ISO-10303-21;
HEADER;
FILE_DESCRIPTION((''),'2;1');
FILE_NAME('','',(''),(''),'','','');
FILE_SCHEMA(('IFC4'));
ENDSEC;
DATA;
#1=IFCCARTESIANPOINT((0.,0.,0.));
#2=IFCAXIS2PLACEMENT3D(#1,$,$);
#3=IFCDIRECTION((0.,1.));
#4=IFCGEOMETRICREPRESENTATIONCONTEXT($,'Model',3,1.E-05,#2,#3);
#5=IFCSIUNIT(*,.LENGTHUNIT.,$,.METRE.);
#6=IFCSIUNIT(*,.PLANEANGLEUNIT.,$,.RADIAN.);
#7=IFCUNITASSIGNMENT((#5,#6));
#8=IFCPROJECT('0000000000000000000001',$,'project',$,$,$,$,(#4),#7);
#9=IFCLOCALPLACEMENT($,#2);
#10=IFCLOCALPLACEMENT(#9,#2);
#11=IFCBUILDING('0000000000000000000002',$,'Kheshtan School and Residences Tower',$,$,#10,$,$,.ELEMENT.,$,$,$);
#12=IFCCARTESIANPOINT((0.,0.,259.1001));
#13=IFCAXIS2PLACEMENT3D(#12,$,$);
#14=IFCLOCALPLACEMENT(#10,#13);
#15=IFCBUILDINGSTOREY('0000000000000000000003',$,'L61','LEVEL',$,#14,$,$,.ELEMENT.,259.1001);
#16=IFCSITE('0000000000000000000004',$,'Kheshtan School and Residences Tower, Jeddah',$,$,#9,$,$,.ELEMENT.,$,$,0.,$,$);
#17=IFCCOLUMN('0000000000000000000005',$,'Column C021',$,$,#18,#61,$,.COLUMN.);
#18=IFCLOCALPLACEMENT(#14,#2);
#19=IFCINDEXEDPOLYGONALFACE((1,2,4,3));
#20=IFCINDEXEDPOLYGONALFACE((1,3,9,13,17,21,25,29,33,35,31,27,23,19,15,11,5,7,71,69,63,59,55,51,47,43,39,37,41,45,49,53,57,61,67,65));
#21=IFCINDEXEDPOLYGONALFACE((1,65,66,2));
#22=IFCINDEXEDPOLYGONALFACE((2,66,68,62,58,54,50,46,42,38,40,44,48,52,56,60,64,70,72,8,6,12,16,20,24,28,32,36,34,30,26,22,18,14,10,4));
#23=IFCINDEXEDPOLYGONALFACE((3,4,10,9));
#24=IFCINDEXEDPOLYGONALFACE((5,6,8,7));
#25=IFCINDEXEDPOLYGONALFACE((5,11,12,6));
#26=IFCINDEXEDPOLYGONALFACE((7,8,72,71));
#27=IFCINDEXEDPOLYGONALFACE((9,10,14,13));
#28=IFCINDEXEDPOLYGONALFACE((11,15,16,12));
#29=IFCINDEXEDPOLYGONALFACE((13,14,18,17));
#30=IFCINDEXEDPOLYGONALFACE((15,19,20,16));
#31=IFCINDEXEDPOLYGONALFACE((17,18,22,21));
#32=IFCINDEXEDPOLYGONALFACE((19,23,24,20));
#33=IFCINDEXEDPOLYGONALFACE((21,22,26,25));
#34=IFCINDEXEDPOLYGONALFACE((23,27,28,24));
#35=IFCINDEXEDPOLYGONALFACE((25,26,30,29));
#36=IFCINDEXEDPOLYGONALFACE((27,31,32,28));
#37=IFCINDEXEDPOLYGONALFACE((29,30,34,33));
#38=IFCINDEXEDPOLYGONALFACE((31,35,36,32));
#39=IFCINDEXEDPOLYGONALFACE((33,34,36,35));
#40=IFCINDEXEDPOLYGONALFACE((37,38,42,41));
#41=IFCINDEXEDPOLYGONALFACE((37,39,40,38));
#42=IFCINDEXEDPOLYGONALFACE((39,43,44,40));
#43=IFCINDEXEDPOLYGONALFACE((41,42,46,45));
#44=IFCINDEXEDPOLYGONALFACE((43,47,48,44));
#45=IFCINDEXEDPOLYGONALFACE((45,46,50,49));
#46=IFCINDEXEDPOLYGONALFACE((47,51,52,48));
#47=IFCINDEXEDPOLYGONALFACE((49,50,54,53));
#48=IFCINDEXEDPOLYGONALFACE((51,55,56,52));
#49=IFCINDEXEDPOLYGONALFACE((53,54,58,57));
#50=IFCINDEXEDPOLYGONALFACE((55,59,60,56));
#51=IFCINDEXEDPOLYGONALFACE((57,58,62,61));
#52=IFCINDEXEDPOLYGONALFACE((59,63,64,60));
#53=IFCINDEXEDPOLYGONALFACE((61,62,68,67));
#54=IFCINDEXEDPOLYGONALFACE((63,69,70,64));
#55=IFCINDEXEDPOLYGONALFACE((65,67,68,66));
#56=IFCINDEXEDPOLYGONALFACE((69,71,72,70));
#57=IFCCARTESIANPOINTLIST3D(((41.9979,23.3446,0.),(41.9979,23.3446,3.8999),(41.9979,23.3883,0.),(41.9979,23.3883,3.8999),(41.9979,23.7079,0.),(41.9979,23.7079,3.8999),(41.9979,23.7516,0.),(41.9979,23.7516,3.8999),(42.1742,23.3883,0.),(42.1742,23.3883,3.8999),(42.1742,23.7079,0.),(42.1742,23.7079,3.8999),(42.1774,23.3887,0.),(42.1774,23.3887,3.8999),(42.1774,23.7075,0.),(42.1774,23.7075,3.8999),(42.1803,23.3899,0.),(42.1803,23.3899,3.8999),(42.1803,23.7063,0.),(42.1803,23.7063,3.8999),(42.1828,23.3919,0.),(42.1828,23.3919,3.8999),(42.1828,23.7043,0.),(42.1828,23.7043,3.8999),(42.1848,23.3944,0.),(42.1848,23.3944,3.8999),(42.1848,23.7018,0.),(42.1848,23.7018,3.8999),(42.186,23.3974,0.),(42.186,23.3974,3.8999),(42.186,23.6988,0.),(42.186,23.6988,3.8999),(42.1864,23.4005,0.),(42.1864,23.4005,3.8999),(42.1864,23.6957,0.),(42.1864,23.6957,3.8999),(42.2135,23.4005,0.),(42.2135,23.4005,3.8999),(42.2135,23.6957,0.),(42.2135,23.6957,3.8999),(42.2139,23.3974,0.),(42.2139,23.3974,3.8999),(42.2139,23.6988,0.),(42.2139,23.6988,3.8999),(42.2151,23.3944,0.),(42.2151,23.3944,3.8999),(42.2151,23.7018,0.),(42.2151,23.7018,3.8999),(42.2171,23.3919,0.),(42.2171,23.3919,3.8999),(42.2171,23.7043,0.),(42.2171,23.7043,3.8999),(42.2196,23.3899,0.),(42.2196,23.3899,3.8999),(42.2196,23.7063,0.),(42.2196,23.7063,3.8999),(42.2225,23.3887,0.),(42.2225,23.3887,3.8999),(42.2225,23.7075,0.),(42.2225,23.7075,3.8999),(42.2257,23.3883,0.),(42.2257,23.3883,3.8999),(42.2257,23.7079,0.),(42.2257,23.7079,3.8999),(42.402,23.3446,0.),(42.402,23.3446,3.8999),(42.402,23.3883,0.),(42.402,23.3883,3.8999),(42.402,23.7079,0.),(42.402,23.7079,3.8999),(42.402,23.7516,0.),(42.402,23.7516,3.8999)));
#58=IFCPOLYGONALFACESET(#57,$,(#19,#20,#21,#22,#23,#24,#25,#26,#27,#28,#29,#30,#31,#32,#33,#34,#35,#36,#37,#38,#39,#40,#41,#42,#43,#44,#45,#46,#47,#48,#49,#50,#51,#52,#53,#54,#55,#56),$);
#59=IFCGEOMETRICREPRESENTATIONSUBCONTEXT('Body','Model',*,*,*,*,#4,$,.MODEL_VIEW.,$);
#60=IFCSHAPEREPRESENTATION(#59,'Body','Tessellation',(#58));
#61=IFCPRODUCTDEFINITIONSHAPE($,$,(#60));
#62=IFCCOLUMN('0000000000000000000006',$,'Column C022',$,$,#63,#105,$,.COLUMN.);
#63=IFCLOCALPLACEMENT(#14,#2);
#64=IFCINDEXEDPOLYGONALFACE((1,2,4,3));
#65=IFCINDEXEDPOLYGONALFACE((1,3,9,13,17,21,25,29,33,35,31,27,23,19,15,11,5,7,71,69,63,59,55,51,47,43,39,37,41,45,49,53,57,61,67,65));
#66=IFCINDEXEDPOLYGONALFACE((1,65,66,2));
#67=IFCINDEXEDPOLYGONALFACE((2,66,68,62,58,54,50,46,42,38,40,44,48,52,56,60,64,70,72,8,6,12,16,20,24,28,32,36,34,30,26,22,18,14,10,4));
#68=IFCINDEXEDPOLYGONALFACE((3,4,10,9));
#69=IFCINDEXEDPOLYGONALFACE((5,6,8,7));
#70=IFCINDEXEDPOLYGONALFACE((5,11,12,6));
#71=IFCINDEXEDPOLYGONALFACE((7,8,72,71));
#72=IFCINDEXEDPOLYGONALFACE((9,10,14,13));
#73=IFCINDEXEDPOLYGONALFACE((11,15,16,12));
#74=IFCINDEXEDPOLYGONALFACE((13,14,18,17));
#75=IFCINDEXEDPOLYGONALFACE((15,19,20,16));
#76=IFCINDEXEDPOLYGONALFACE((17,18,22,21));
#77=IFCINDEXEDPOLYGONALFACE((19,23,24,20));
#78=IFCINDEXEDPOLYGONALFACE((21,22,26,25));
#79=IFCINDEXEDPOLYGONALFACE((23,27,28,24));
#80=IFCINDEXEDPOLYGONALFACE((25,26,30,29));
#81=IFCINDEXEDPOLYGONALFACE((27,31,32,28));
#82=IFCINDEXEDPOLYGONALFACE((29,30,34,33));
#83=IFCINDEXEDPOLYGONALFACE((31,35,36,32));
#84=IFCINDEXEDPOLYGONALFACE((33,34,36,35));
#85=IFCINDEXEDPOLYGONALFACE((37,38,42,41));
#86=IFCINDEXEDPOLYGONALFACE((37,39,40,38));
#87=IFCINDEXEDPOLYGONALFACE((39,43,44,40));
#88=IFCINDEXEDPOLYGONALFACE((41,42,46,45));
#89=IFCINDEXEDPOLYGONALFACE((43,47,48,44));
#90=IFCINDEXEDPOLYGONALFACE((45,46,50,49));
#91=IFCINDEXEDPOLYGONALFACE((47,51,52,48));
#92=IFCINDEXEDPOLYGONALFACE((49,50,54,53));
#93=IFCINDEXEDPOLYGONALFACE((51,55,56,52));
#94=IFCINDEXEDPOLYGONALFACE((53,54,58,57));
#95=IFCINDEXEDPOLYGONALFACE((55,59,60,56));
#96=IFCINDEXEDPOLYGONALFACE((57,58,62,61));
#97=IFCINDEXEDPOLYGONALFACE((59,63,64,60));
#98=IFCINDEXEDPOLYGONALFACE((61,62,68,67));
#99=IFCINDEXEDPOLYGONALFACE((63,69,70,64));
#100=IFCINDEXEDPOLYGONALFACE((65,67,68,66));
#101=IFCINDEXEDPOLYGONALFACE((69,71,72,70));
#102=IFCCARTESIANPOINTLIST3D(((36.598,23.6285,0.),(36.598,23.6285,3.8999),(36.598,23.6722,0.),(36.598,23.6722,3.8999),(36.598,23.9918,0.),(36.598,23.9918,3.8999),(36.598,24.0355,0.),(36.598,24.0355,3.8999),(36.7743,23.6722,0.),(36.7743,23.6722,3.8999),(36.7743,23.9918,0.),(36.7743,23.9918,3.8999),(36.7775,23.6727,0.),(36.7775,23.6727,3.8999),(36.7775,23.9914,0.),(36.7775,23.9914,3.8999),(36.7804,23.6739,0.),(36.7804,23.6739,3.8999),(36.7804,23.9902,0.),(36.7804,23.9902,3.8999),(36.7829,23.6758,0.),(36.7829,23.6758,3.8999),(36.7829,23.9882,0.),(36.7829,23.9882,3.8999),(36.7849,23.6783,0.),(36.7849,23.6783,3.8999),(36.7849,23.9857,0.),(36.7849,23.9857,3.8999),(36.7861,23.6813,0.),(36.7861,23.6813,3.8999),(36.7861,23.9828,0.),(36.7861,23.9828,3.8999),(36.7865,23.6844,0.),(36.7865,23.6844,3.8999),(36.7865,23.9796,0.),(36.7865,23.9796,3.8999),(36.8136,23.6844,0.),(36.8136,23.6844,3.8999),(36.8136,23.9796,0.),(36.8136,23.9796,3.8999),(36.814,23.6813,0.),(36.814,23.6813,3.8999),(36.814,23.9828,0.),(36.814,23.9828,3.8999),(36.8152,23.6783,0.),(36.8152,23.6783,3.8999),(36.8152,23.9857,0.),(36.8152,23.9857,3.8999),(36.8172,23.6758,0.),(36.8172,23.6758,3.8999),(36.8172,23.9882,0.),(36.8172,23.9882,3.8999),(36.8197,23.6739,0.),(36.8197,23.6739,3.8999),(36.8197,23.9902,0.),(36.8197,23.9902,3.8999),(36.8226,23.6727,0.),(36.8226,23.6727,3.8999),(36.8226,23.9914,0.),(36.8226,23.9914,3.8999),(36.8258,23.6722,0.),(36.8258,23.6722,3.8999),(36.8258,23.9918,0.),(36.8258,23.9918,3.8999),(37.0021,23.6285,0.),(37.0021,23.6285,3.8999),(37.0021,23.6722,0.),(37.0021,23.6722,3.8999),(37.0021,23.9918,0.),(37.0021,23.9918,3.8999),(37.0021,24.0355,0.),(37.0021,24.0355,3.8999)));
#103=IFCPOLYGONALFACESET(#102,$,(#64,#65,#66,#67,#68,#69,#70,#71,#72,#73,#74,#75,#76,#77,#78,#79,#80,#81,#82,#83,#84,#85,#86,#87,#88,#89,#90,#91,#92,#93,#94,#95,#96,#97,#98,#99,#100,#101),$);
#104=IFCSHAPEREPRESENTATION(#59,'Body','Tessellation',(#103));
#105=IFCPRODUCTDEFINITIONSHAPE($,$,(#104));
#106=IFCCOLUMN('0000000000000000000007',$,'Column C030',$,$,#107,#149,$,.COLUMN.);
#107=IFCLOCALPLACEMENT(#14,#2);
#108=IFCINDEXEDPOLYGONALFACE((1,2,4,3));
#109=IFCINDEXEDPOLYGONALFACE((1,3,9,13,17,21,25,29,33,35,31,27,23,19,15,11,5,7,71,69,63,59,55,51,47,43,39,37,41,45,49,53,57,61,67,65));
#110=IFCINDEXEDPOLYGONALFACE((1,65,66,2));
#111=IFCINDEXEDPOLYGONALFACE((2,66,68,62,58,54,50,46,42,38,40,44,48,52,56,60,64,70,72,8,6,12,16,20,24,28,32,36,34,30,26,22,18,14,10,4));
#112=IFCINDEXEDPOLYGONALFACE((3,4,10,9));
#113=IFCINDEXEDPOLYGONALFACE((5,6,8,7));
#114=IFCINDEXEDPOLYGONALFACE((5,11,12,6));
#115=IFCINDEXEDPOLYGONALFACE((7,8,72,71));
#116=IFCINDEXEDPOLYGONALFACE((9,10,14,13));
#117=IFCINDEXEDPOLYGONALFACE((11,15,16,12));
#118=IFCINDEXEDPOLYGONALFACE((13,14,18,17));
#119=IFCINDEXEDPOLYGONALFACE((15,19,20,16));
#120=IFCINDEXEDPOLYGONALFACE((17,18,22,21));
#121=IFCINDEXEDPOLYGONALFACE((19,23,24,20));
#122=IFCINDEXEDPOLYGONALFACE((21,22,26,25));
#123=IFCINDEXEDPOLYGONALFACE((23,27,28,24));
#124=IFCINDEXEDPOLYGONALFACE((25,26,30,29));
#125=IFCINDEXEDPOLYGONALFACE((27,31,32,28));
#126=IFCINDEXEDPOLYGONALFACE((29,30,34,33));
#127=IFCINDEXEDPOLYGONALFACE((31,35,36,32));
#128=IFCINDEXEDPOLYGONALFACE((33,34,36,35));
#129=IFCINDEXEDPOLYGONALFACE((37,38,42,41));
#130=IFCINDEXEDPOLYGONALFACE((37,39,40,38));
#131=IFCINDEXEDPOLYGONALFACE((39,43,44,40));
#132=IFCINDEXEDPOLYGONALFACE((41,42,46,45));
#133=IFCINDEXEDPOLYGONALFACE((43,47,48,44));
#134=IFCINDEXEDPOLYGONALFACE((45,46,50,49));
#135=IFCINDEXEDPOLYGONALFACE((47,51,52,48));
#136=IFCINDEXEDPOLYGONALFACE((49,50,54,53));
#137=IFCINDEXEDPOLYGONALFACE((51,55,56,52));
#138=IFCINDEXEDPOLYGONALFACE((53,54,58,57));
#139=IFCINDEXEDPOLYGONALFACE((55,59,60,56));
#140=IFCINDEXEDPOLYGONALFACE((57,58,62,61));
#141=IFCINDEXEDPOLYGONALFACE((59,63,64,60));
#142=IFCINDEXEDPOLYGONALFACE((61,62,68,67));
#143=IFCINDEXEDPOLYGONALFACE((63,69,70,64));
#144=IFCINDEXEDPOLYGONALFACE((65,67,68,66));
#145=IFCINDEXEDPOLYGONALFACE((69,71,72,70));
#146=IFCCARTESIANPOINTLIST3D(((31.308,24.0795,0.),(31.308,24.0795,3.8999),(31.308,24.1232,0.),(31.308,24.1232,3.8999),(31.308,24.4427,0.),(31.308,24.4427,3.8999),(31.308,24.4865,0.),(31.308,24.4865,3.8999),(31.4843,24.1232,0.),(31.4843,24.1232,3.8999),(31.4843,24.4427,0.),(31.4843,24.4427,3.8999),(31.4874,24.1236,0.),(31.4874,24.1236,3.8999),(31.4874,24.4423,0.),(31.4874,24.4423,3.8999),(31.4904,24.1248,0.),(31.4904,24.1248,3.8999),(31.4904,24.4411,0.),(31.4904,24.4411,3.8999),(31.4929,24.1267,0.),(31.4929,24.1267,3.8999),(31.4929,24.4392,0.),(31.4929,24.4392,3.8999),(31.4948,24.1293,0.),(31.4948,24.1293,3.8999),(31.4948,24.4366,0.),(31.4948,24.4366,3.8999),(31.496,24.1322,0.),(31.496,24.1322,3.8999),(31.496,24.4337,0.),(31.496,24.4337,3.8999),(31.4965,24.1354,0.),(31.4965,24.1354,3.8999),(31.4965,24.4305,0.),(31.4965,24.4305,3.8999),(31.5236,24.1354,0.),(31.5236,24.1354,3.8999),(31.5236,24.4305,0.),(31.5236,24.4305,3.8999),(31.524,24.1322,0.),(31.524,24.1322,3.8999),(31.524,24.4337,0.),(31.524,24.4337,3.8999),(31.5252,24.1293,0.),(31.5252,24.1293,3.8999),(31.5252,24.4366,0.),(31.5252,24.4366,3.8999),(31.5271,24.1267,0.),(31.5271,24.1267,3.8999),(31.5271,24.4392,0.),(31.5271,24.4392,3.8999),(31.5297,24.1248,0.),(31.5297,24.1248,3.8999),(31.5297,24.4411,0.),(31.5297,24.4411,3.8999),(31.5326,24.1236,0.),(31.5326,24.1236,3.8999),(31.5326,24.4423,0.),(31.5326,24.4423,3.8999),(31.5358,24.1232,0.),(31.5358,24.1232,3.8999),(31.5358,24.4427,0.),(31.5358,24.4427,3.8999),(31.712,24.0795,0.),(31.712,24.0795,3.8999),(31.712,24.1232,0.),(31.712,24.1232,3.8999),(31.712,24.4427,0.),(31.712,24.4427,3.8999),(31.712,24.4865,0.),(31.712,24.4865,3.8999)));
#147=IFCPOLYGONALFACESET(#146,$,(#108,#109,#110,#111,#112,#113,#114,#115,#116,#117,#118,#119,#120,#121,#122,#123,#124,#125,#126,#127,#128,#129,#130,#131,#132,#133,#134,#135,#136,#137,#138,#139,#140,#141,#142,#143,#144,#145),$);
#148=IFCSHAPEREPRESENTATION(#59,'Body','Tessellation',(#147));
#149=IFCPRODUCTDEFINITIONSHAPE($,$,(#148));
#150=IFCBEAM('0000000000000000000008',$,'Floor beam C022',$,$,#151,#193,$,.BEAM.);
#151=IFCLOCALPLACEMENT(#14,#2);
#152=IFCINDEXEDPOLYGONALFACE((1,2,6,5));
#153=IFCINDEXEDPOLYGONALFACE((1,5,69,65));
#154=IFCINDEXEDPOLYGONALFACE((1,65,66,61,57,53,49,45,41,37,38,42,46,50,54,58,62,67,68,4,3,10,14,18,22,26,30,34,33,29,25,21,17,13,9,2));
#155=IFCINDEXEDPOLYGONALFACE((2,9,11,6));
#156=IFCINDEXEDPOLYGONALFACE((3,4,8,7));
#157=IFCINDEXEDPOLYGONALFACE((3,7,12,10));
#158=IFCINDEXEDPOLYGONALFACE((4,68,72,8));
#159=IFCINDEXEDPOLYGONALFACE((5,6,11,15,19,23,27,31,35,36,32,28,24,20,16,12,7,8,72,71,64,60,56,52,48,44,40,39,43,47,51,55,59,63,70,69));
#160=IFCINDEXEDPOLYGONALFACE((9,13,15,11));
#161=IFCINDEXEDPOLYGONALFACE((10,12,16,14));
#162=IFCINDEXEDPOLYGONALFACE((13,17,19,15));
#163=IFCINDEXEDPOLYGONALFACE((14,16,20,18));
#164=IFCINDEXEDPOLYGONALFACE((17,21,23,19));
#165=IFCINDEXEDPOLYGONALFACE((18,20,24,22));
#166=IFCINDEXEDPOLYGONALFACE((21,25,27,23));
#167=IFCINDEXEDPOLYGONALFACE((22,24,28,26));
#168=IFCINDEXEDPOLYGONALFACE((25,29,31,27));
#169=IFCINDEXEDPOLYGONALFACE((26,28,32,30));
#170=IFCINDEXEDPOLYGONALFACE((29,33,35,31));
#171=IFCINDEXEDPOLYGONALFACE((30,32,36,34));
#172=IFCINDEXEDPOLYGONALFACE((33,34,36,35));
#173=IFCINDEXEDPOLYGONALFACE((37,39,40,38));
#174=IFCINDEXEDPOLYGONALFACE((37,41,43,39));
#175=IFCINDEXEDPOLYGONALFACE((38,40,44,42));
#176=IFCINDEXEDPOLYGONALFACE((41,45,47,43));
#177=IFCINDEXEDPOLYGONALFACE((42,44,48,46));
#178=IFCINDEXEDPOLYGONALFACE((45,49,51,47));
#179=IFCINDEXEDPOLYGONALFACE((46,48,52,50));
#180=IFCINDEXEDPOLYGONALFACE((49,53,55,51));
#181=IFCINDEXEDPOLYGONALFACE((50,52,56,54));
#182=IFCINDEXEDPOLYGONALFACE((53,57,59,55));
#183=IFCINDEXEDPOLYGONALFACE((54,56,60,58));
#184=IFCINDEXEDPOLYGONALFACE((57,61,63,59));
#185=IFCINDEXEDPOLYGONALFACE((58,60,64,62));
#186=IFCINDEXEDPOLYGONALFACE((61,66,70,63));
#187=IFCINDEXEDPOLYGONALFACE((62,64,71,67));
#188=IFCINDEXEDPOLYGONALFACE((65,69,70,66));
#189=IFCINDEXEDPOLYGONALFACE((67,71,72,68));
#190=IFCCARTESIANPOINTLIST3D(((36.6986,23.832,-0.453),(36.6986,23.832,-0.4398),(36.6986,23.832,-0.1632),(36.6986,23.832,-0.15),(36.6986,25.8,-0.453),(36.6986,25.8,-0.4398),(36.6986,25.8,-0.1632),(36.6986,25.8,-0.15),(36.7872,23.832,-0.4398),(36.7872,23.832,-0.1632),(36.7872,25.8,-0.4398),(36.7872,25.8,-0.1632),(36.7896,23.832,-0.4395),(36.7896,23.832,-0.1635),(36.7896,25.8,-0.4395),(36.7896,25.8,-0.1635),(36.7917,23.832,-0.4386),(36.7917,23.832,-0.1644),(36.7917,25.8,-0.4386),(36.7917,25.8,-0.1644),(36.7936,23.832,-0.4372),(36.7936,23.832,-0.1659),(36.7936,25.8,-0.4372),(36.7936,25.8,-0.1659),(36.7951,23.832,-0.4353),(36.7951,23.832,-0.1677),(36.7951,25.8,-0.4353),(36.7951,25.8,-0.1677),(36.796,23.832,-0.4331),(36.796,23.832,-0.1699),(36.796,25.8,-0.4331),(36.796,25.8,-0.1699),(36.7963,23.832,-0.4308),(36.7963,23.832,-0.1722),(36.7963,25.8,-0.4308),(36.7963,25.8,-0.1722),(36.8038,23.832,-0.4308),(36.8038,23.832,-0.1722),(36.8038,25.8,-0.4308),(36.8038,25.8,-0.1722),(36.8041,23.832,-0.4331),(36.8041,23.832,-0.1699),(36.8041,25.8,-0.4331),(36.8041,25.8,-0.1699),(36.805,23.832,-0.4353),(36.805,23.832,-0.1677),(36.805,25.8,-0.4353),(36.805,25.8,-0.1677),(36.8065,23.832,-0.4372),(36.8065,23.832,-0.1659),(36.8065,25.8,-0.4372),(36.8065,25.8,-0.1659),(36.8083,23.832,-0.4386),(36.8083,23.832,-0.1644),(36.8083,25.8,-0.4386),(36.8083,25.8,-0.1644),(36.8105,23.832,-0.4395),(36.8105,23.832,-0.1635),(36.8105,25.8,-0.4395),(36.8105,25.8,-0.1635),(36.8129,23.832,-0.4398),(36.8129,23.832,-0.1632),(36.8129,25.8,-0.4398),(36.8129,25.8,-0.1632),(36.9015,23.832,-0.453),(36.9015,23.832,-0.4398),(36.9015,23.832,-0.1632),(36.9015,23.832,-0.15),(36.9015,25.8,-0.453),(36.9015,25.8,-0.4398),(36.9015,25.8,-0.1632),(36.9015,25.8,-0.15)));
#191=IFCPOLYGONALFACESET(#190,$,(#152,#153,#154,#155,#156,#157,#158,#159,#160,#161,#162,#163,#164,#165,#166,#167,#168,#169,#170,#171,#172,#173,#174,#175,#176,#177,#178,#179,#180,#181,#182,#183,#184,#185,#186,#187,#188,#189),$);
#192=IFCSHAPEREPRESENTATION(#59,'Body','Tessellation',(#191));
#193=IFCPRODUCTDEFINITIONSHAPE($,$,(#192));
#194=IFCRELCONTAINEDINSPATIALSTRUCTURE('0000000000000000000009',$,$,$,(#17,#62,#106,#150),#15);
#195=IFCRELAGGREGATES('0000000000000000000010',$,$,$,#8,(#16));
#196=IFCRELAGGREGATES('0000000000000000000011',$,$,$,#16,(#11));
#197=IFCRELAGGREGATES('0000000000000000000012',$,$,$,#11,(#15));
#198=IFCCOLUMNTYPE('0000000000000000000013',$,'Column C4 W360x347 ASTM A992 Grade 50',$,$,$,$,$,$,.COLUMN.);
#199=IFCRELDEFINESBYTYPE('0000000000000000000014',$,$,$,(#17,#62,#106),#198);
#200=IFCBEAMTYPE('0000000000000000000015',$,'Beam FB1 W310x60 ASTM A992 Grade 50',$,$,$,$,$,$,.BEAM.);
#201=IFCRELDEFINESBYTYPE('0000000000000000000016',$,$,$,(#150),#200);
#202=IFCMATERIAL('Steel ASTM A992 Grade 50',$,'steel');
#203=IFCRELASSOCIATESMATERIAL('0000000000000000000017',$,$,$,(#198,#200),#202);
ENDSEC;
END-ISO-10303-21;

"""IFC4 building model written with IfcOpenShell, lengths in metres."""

from ifc_helpers import new_model, si_unit, direction, frame, origin, origin_2d, place, context, subcontext, project, spatial, i_section, extrude, material, material_profile, profile_set, type_object, element, save


model = new_model("IFC4")

# Units and contexts
model_context = context("Model", 3, precision=1e-05, world=origin(), true_north=direction((0.0, 1.0)))
body_context = subcontext(model_context, "Body", "Model", "MODEL_VIEW")
ifc_project = project(units=[si_unit("LENGTHUNIT", "METRE"), si_unit("PLANEANGLEUNIT", "RADIAN")], contexts=[model_context])

# Site, building, storey
site_placement = place(None, origin())
site = spatial("IfcSite", under=ifc_project, at=site_placement, Name="Kheshtan School and Residences Tower, Jeddah", CompositionType="ELEMENT", RefElevation=0.0)
building_placement = place(site_placement, origin())
building = spatial("IfcBuilding", under=site, at=building_placement, Name="Kheshtan School and Residences Tower", CompositionType="ELEMENT")
storey_placement = place(building_placement, frame((0.0, 0.0, 259.1001)))
storey = spatial("IfcBuildingStorey", under=building, at=storey_placement, Name="L61", Description="LEVEL", CompositionType="ELEMENT", Elevation=259.1001)

# Columns
ifc_material_1 = material(Name="Steel ASTM A992 Grade 50", Category="steel")
ifc_material_profile_1 = material_profile(ifc_material_1, i_section(OverallWidth=0.4041, OverallDepth=0.407, WebThickness=0.0271, FlangeThickness=0.0437, FilletRadius=0.0122, at=origin_2d()), Name="W360x347")
ifc_profile_set_1 = profile_set([ifc_material_profile_1], Name="Steel ASTM A992 Grade 50")
column_type = type_object("IfcColumnType", Name="Column C4 W360x347 ASTM A992 Grade 50", PredefinedType="COLUMN", material=ifc_profile_set_1)
for number, where, z_axis, x_axis, name in (
    (1, (42.2, 23.5481, 0.0), (0.0, 0.0, 1.0), (1.0, 0.0, 0.0), "Column C021"),
    (2, (36.8, 23.832, 0.0), (0.0, 0.0, 1.0), (1.0, 0.0, 0.0), "Column C022"),
    (3, (31.51, 24.283, 0.0), (0.0, 0.0, 1.0), (1.0, 0.0, 0.0), "Column C030"),
):
    element("IfcColumn", number, at=place(storey_placement, frame(where, z_axis=z_axis, x_axis=x_axis)), inside=storey, type_object=column_type, Name=name, PredefinedType="COLUMN", context=body_context, shape_type="SweptSolid", body=[
        extrude(i_section(OverallWidth=0.4041, OverallDepth=0.407, WebThickness=0.0271, FlangeThickness=0.0437, FilletRadius=0.0122, at=origin_2d()), origin(), (0.0, 0.0, 1.0), 3.8999),
    ])

# Beam
ifc_material_profile_2 = material_profile(ifc_material_1, i_section(OverallWidth=0.2029, OverallDepth=0.303, WebThickness=0.0076, FlangeThickness=0.0132, FilletRadius=0.009, at=origin_2d()), Name="W310x60")
ifc_profile_set_2 = profile_set([ifc_material_profile_2], Name="Steel ASTM A992 Grade 50")
beam_type_1 = type_object("IfcBeamType", Name="Beam FB1 W310x60 ASTM A992 Grade 50", PredefinedType="BEAM", material=ifc_profile_set_2)
beam_1_placement = place(storey_placement, frame((36.8, 23.832, -0.3015), z_axis=(0.0, 1.0, 0.0), x_axis=(-1.0, 0.0, 0.0)))
element("IfcBeam", 4, at=beam_1_placement, inside=storey, type_object=beam_type_1, Name="Floor beam C022", PredefinedType="BEAM", context=body_context, shape_type="SweptSolid", body=[
    extrude(i_section(OverallWidth=0.2029, OverallDepth=0.303, WebThickness=0.0076, FlangeThickness=0.0132, FilletRadius=0.009, at=origin_2d()), origin(), (0.0, 0.0, 1.0), 1.968),
])

save(model, "model.ifc")
